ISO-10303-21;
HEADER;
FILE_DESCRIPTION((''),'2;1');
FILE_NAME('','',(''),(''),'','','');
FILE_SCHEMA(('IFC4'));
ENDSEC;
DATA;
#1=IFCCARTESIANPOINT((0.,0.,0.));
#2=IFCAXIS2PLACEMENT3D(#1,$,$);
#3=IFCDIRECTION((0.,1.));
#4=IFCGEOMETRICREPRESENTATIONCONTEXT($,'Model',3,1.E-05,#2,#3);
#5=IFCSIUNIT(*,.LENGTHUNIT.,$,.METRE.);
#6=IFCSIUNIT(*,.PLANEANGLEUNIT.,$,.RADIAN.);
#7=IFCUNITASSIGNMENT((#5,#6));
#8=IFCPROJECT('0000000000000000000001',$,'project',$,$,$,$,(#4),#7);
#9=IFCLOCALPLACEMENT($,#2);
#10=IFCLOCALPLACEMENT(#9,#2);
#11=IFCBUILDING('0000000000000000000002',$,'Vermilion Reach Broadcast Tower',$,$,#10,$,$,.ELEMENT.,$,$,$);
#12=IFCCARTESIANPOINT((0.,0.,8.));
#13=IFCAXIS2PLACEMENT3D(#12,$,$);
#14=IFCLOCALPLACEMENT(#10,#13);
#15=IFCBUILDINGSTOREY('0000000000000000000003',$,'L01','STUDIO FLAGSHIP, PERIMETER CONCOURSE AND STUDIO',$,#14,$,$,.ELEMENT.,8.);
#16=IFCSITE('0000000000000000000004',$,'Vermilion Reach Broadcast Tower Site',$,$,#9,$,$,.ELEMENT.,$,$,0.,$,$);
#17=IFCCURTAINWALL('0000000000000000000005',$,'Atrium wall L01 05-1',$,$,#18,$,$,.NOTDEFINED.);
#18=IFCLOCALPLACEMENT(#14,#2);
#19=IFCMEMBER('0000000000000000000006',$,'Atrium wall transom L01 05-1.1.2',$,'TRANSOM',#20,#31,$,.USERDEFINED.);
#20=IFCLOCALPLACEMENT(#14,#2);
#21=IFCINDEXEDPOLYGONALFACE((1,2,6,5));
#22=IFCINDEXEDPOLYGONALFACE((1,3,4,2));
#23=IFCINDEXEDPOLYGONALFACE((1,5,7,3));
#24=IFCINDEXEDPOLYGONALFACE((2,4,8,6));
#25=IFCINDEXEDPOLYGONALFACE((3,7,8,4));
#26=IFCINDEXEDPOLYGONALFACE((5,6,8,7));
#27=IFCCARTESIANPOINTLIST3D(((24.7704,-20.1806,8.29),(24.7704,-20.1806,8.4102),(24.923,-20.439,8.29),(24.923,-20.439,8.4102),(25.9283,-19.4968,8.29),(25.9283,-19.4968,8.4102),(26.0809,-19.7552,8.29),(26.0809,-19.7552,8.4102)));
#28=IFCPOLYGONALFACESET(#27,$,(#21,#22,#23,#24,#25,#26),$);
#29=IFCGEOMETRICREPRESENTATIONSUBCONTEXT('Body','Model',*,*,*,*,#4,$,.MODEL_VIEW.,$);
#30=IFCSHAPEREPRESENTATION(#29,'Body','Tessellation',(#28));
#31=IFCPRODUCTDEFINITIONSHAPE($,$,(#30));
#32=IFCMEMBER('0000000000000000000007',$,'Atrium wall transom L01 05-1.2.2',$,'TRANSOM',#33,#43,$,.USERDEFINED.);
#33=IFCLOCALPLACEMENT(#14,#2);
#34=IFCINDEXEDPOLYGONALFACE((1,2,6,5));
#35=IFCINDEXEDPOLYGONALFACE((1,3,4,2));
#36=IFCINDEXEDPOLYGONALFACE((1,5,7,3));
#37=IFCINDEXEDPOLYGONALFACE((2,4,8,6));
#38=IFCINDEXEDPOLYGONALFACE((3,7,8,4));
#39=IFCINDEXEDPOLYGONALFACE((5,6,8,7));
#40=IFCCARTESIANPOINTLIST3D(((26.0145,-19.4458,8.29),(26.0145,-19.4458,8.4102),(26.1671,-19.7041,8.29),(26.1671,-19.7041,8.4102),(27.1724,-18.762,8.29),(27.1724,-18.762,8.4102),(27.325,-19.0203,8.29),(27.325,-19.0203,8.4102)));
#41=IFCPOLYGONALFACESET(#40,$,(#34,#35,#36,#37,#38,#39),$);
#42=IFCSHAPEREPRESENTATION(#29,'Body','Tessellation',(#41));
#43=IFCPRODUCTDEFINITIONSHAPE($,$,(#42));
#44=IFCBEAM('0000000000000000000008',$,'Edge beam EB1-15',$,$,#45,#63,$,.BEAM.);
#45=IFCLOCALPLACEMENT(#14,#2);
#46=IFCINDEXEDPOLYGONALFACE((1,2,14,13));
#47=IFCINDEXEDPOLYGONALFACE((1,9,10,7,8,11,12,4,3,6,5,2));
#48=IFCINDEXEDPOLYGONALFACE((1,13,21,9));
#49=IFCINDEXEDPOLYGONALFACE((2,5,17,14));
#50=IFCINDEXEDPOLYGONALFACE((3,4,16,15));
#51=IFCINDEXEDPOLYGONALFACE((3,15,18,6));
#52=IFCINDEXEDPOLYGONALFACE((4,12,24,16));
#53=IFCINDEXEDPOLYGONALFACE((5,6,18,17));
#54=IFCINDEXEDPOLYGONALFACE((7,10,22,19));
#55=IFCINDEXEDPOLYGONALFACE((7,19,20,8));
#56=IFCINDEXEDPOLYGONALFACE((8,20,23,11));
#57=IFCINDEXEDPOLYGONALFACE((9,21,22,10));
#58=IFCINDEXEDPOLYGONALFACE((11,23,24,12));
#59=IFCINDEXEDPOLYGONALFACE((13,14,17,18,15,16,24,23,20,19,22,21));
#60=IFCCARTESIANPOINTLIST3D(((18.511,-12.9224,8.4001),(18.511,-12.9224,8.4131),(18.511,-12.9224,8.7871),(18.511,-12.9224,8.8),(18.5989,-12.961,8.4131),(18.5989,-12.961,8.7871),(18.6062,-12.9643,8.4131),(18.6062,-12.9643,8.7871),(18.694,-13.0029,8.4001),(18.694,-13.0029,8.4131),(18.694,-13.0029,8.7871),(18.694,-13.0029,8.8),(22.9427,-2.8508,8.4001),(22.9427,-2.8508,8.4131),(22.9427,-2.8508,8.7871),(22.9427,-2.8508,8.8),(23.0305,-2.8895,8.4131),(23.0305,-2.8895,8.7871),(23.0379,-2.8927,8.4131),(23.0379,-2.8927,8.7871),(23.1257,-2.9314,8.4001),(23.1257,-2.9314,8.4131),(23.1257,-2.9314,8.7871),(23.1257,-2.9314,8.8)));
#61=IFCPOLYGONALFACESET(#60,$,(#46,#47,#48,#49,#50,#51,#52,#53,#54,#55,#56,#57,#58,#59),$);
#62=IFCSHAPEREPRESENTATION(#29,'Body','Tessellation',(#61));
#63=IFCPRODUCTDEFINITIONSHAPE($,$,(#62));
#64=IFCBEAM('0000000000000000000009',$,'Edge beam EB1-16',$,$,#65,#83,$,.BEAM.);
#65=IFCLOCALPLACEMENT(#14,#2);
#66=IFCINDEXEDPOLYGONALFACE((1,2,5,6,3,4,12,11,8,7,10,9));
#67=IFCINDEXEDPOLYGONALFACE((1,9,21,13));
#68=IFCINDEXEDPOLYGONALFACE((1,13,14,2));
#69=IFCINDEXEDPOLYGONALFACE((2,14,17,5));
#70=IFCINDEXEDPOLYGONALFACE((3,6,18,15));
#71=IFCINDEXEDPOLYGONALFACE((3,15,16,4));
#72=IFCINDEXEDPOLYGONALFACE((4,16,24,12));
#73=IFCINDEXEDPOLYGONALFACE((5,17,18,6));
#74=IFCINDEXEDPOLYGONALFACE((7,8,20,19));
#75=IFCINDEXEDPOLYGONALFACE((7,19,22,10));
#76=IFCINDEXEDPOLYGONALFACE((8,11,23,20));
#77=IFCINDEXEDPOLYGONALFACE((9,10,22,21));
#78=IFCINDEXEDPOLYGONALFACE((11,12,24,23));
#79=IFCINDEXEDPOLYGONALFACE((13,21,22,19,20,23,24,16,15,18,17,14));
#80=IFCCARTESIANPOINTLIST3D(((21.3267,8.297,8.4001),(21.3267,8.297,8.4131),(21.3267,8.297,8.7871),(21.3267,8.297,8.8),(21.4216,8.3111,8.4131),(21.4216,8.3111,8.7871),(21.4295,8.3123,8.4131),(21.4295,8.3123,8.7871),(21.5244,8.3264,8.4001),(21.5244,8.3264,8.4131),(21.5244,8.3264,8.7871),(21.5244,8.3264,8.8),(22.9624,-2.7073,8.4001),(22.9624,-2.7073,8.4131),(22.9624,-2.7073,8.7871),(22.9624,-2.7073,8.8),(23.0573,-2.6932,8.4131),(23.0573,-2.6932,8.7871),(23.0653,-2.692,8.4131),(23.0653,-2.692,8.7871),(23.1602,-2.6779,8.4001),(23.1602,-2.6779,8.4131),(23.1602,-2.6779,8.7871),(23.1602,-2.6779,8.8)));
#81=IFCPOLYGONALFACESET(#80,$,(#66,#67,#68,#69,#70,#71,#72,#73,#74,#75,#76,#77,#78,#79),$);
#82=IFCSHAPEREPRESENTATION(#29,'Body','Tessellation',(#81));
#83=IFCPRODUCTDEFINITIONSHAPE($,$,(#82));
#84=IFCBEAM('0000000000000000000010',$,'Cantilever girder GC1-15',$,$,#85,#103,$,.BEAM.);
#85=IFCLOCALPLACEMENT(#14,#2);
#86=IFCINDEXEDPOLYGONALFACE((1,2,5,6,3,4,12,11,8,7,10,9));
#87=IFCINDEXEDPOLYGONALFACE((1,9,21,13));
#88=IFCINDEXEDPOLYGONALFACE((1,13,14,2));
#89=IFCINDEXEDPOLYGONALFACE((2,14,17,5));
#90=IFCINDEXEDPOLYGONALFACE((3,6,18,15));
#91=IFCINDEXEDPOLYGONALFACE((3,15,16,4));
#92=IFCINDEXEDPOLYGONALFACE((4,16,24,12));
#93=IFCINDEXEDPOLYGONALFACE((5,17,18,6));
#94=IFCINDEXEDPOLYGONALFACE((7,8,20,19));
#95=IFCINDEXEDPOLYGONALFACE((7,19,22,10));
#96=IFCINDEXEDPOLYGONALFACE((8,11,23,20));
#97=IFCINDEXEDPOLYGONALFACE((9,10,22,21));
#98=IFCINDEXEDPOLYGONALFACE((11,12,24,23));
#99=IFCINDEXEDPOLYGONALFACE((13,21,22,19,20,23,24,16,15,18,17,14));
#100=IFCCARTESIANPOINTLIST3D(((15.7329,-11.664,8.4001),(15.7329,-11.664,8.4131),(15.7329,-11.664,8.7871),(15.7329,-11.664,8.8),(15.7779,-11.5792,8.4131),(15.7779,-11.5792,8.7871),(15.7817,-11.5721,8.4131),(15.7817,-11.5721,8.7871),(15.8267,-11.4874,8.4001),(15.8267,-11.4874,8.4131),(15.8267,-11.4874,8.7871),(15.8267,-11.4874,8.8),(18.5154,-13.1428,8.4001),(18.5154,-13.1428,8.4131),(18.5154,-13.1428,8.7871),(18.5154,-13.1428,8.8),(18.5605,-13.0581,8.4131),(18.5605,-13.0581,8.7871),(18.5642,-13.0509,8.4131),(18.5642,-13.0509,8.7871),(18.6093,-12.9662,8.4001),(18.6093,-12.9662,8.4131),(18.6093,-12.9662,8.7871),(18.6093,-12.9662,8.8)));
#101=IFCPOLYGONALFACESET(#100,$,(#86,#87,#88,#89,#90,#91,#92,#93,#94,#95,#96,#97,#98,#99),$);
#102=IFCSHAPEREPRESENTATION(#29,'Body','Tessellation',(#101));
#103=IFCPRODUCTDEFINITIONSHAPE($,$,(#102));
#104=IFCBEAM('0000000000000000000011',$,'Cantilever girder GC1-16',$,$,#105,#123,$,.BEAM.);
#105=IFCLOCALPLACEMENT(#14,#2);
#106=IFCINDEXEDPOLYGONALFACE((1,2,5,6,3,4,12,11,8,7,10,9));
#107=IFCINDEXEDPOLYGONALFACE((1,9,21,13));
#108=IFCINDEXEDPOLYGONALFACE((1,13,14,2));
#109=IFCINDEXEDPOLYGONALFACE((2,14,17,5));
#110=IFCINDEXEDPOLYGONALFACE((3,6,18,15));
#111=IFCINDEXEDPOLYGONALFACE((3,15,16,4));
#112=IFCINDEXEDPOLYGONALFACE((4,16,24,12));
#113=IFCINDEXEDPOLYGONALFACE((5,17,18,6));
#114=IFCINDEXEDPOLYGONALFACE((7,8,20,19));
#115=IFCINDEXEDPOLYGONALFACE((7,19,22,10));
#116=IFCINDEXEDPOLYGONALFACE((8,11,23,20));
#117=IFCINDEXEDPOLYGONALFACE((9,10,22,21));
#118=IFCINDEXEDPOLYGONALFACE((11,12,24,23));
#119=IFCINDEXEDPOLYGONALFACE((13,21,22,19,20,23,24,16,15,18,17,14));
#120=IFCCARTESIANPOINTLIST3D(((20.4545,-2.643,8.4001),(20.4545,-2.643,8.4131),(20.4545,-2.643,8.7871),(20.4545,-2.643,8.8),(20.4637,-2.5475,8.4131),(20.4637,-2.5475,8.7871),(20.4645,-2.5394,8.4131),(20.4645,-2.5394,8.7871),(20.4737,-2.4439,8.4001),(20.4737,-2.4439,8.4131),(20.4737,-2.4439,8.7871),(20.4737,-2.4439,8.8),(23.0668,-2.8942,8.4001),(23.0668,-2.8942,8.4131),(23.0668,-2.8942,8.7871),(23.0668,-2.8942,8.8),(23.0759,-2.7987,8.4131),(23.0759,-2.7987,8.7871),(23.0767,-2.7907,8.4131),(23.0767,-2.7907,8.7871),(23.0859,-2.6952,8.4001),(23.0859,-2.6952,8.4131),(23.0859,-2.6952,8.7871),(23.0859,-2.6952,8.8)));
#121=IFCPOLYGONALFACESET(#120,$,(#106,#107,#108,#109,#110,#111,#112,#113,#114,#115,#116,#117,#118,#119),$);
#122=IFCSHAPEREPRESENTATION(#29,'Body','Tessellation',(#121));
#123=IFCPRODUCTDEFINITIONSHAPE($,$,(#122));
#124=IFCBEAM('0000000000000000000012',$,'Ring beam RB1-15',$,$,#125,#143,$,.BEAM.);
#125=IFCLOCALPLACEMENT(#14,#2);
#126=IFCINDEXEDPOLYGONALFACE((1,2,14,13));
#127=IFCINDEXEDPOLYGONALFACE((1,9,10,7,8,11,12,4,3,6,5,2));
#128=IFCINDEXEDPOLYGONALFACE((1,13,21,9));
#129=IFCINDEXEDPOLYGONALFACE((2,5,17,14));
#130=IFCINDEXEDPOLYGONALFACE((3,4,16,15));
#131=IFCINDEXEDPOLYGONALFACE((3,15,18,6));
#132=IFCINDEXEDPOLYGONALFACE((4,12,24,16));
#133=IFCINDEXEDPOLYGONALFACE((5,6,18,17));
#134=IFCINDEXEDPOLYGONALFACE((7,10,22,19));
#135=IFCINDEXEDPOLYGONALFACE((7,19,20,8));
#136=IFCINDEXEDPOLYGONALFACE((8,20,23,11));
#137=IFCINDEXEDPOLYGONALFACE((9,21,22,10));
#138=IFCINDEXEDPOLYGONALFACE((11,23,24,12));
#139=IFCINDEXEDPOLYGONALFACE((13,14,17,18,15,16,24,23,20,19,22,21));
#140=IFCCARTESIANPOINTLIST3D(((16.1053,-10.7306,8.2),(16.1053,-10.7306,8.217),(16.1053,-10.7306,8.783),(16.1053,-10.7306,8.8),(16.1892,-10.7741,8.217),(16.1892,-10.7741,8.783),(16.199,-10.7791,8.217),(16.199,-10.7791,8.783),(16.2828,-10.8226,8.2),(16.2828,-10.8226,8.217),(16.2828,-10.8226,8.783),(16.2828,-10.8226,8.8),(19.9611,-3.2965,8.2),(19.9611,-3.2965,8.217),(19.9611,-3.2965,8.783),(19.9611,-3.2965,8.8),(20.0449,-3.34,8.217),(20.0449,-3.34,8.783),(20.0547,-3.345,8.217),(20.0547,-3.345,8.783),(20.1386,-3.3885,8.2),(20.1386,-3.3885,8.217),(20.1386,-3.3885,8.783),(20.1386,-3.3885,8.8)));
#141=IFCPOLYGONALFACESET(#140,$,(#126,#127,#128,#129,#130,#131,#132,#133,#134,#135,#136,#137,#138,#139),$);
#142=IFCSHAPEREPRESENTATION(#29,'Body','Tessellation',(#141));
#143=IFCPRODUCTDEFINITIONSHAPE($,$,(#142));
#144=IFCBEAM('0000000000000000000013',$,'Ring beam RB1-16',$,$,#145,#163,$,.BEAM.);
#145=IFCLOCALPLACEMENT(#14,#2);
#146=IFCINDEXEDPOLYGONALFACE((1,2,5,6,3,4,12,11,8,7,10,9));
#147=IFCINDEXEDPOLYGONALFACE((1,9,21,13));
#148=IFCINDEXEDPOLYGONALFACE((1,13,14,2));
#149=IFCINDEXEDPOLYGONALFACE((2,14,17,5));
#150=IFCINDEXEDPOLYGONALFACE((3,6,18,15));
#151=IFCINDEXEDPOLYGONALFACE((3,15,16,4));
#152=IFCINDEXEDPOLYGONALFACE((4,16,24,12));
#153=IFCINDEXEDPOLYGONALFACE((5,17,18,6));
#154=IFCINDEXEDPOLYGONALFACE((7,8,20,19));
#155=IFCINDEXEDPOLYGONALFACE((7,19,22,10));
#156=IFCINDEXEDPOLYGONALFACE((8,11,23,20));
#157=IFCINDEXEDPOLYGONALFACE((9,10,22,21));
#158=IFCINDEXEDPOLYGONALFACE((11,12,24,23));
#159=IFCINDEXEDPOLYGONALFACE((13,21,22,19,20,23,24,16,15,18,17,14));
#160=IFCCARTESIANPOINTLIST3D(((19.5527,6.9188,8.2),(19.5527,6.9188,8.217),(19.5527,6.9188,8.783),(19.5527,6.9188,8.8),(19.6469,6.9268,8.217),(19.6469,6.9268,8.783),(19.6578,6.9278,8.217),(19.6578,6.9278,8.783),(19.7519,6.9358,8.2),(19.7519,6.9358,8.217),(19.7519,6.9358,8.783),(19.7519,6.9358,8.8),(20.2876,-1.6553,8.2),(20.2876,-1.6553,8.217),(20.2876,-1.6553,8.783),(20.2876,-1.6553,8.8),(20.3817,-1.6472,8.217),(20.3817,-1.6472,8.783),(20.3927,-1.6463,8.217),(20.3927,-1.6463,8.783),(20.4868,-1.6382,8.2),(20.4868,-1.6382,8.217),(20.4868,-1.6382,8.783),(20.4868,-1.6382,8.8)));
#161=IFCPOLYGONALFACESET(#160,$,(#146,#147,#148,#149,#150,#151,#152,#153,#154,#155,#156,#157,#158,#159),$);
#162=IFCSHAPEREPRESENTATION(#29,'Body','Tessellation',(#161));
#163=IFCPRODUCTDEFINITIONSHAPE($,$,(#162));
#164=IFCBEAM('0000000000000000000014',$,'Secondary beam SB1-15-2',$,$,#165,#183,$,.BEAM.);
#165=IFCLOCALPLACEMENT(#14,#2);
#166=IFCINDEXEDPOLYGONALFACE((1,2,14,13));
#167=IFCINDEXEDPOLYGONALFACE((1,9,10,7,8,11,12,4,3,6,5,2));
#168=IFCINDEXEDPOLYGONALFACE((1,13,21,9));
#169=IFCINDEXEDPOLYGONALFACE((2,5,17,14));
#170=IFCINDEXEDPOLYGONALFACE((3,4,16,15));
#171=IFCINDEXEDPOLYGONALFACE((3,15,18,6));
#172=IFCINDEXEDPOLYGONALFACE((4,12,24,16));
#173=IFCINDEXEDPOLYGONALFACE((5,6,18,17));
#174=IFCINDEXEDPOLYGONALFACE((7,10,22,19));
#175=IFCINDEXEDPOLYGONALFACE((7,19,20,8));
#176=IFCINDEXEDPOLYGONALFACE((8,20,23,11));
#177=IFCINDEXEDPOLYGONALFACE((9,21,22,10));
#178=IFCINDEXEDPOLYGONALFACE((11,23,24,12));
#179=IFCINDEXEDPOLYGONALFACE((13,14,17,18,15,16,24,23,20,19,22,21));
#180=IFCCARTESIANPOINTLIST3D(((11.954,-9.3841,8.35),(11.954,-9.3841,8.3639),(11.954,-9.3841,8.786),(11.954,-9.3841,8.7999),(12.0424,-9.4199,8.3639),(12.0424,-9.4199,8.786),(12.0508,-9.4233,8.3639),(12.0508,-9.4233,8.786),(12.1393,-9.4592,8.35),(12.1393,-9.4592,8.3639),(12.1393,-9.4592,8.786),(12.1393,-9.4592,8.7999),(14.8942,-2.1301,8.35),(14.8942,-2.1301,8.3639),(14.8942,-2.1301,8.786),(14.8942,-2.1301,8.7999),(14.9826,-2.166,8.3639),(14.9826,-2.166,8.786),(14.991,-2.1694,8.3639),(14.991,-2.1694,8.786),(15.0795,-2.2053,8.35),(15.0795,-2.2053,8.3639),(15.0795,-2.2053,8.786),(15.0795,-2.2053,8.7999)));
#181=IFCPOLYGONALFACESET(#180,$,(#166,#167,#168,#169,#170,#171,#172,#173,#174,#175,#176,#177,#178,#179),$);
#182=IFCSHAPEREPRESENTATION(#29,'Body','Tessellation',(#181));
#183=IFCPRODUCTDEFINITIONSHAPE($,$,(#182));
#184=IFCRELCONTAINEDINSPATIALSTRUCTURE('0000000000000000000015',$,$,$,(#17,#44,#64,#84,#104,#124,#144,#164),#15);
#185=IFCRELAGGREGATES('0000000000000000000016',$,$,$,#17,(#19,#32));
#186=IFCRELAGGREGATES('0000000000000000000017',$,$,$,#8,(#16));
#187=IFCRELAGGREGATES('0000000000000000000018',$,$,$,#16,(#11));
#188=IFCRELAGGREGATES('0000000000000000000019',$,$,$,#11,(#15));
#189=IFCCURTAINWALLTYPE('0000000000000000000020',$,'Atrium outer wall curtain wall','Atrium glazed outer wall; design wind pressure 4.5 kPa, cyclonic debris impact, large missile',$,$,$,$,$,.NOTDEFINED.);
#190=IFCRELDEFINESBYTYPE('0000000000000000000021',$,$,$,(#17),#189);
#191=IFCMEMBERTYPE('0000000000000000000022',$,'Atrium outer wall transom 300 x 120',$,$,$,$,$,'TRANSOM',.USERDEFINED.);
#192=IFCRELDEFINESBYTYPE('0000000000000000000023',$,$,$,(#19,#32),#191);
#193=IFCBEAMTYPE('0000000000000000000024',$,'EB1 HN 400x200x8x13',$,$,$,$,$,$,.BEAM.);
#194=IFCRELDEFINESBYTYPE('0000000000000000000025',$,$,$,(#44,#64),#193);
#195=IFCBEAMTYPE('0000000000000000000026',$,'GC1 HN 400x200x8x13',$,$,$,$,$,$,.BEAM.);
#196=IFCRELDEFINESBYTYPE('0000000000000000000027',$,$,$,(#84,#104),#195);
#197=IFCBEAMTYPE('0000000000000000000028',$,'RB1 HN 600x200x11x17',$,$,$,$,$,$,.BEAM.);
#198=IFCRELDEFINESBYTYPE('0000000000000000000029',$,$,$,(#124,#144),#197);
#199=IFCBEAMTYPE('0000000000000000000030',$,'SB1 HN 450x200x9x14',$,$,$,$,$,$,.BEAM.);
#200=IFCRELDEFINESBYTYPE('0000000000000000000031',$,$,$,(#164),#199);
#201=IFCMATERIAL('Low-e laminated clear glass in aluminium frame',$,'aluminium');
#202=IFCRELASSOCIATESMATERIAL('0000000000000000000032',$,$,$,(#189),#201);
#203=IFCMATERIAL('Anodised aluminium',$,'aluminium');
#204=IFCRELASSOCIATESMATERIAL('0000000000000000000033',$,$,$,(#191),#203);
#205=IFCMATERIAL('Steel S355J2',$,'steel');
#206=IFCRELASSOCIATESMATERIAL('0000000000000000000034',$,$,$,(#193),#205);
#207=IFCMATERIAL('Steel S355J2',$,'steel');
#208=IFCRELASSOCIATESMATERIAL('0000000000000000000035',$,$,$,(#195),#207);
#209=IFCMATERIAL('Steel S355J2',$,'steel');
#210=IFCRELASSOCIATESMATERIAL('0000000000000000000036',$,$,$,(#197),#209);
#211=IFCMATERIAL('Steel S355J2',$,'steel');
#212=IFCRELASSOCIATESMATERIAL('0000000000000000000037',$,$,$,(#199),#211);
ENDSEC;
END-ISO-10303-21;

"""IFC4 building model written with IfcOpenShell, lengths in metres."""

from ifc_helpers import new_model, si_unit, direction, frame, origin, origin_2d, place, context, subcontext, project, spatial, rectangle, i_section, extrude, material, material_profile, profile_set, type_object, element, aggregate, save


model = new_model("IFC4")

# Units and contexts
model_context = context("Model", 3, precision=1e-05, world=origin(), true_north=direction((0.0, 1.0)))
body_context = subcontext(model_context, "Body", "Model", "MODEL_VIEW")
ifc_project = project(units=[si_unit("LENGTHUNIT", "METRE"), si_unit("PLANEANGLEUNIT", "RADIAN")], contexts=[model_context])

# Site, building, storey
site_placement = place(None, origin())
site = spatial("IfcSite", under=ifc_project, at=site_placement, Name="Vermilion Reach Broadcast Tower Site", CompositionType="ELEMENT", RefElevation=0.0)
building_placement = place(site_placement, origin())
building = spatial("IfcBuilding", under=site, at=building_placement, Name="Vermilion Reach Broadcast Tower", CompositionType="ELEMENT")
storey_placement = place(building_placement, frame((0.0, 0.0, 8.0)))
storey = spatial("IfcBuildingStorey", under=building, at=storey_placement, Name="L01", Description="STUDIO FLAGSHIP, PERIMETER CONCOURSE AND STUDIO", CompositionType="ELEMENT", Elevation=8.0)

# Curtain wall
ifc_material_1 = material(Name="Low-e laminated clear glass in aluminium frame", Category="aluminium")
curtain_wall_type = type_object("IfcCurtainWallType", Name="Atrium outer wall curtain wall", Description="Atrium glazed outer wall; design wind pressure 4.5 kPa, cyclonic debris impact, large missile", PredefinedType="NOTDEFINED", material=ifc_material_1)
placement = place(storey_placement, origin())
curtain_wall_1 = element("IfcCurtainWall", 1, at=placement, inside=storey, type_object=curtain_wall_type, Name="Atrium wall L01 05-1", PredefinedType="NOTDEFINED")

# Members
ifc_material_2 = material(Name="Anodised aluminium", Category="aluminium")
ifc_material_profile_1 = material_profile(ifc_material_2, rectangle(XDim=0.3, YDim=0.1201, at=origin_2d()), Name="Atrium outer wall transom 300 x 120")
ifc_profile_set_1 = profile_set([ifc_material_profile_1], Name="Anodised aluminium")
member_type_1 = type_object("IfcMemberType", Name="Atrium outer wall transom 300 x 120", ElementType="TRANSOM", PredefinedType="USERDEFINED", material=ifc_profile_set_1)
member_1_placement = place(storey_placement, frame((24.8467, -20.3098, 8.3501), z_axis=(0.86106, 0.508503, 0.0), x_axis=(-0.508503, 0.86106, 0.0)))
member_1 = element("IfcMember", 2, at=member_1_placement, type_object=member_type_1, Name="Atrium wall transom L01 05-1.1.2", ObjectType="TRANSOM", PredefinedType="USERDEFINED", context=body_context, shape_type="SweptSolid", body=[
    extrude(rectangle(XDim=0.3, YDim=0.1201, at=origin_2d()), origin(), (0.0, 0.0, 1.0), 1.3447),
])
member_2_placement = place(storey_placement, frame((26.0908, -19.575, 8.3501), z_axis=(0.86106, 0.508503, 0.0), x_axis=(-0.508503, 0.86106, 0.0)))
member_2 = element("IfcMember", 3, at=member_2_placement, type_object=member_type_1, Name="Atrium wall transom L01 05-1.2.2", ObjectType="TRANSOM", PredefinedType="USERDEFINED", context=body_context, shape_type="SweptSolid", body=[
    extrude(rectangle(XDim=0.3, YDim=0.1201, at=origin_2d()), origin(), (0.0, 0.0, 1.0), 1.3447),
])

# Beams
ifc_material_3 = material(Name="Steel S355J2", Category="steel")
ifc_material_profile_2 = material_profile(ifc_material_3, i_section(OverallWidth=0.2, OverallDepth=0.3999, WebThickness=0.0081, FlangeThickness=0.0129, at=origin_2d()), Name="S355J2 HN 400x200x8x13")
ifc_profile_set_2 = profile_set([ifc_material_profile_2], Name="Steel S355J2")
beam_type_1 = type_object("IfcBeamType", Name="EB1 HN 400x200x8x13", PredefinedType="BEAM", material=ifc_profile_set_2)
beam_1_placement = place(storey_placement, frame((18.6025, -12.9626, 8.6001), z_axis=(0.402751, 0.915309, 0.0), x_axis=(-0.915309, 0.402751, 0.0)))
element("IfcBeam", 4, at=beam_1_placement, inside=storey, type_object=beam_type_1, Name="Edge beam EB1-15", PredefinedType="BEAM", context=body_context, shape_type="SweptSolid", body=[
    extrude(i_section(OverallWidth=0.2, OverallDepth=0.3999, WebThickness=0.0081, FlangeThickness=0.0129, at=origin_2d()), origin(), (0.0, 0.0, 1.0), 11.0034),
])
beam_2_placement = place(storey_placement, frame((23.0613, -2.6926, 8.6001), z_axis=(-0.147029, 0.989132, 0.0), x_axis=(-0.989132, -0.147029, 0.0)))
element("IfcBeam", 5, at=beam_2_placement, inside=storey, type_object=beam_type_1, Name="Edge beam EB1-16", PredefinedType="BEAM", context=body_context, shape_type="SweptSolid", body=[
    extrude(i_section(OverallWidth=0.2, OverallDepth=0.3999, WebThickness=0.0081, FlangeThickness=0.0129, at=origin_2d()), origin(), (0.0, 0.0, 1.0), 11.1252),
])
ifc_material_4 = material(Name="Steel S355J2", Category="steel")
ifc_material_profile_3 = material_profile(ifc_material_4, i_section(OverallWidth=0.2, OverallDepth=0.3999, WebThickness=0.0081, FlangeThickness=0.0129, at=origin_2d()), Name="S355J2 HN 400x200x8x13")
ifc_profile_set_3 = profile_set([ifc_material_profile_3], Name="Steel S355J2")
beam_type_2 = type_object("IfcBeamType", Name="GC1 HN 400x200x8x13", PredefinedType="BEAM", material=ifc_profile_set_3)
beam_3_placement = place(storey_placement, frame((15.7798, -11.5757, 8.6001), z_axis=(0.88304, -0.469297, 0.0), x_axis=(0.469297, 0.88304, 0.0)))
element("IfcBeam", 6, at=beam_3_placement, inside=storey, type_object=beam_type_2, Name="Cantilever girder GC1-15", PredefinedType="BEAM", context=body_context, shape_type="SweptSolid", body=[
    extrude(i_section(OverallWidth=0.2, OverallDepth=0.3999, WebThickness=0.0081, FlangeThickness=0.0129, at=origin_2d()), origin(), (0.0, 0.0, 1.0), 3.1511),
])
beam_4_placement = place(storey_placement, frame((20.4641, -2.5435, 8.6001), z_axis=(0.995408, -0.095727, 0.0), x_axis=(0.095727, 0.995408, 0.0)))
element("IfcBeam", 7, at=beam_4_placement, inside=storey, type_object=beam_type_2, Name="Cantilever girder GC1-16", PredefinedType="BEAM", context=body_context, shape_type="SweptSolid", body=[
    extrude(i_section(OverallWidth=0.2, OverallDepth=0.3999, WebThickness=0.0081, FlangeThickness=0.0129, at=origin_2d()), origin(), (0.0, 0.0, 1.0), 2.6243),
])
ifc_material_5 = material(Name="Steel S355J2", Category="steel")
ifc_material_profile_4 = material_profile(ifc_material_5, i_section(OverallWidth=0.2, OverallDepth=0.6001, WebThickness=0.011, FlangeThickness=0.0171, at=origin_2d()), Name="S355J2 HN 600x200x11x17")
ifc_profile_set_4 = profile_set([ifc_material_profile_4], Name="Steel S355J2")
beam_type_3 = type_object("IfcBeamType", Name="RB1 HN 600x200x11x17", PredefinedType="BEAM", material=ifc_profile_set_4)
beam_5_placement = place(storey_placement, frame((16.1941, -10.7766, 8.5), z_axis=(0.460412, 0.887706, 0.0), x_axis=(-0.887706, 0.460412, 0.0)))
element("IfcBeam", 8, at=beam_5_placement, inside=storey, type_object=beam_type_3, Name="Ring beam RB1-15", PredefinedType="BEAM", context=body_context, shape_type="SweptSolid", body=[
    extrude(i_section(OverallWidth=0.2, OverallDepth=0.6001, WebThickness=0.011, FlangeThickness=0.0171, at=origin_2d()), origin(), (0.0, 0.0, 1.0), 8.3745),
])
beam_6_placement = place(storey_placement, frame((20.3872, -1.6467, 8.5), z_axis=(-0.085396, 0.996347, 0.0), x_axis=(-0.996347, -0.085396, 0.0)))
element("IfcBeam", 9, at=beam_6_placement, inside=storey, type_object=beam_type_3, Name="Ring beam RB1-16", PredefinedType="BEAM", context=body_context, shape_type="SweptSolid", body=[
    extrude(i_section(OverallWidth=0.2, OverallDepth=0.6001, WebThickness=0.011, FlangeThickness=0.0171, at=origin_2d()), origin(), (0.0, 0.0, 1.0), 8.6055),
])
ifc_material_6 = material(Name="Steel S355J2", Category="steel")
ifc_material_profile_5 = material_profile(ifc_material_6, i_section(OverallWidth=0.2, OverallDepth=0.45, WebThickness=0.009, FlangeThickness=0.0139, at=origin_2d()), Name="S355J2 HN 450x200x9x14")
ifc_profile_set_5 = profile_set([ifc_material_profile_5], Name="Steel S355J2")
beam_type_4 = type_object("IfcBeamType", Name="SB1 HN 450x200x9x14", PredefinedType="BEAM", material=ifc_profile_set_5)
beam_7_placement = place(storey_placement, frame((12.0466, -9.4216, 8.575), z_axis=(0.375641, 0.926765, 0.0), x_axis=(-0.926765, 0.375641, 0.0)))
element("IfcBeam", 10, at=beam_7_placement, inside=storey, type_object=beam_type_4, Name="Secondary beam SB1-15-2", PredefinedType="BEAM", context=body_context, shape_type="SweptSolid", body=[
    extrude(i_section(OverallWidth=0.2, OverallDepth=0.45, WebThickness=0.009, FlangeThickness=0.0139, at=origin_2d()), origin(), (0.0, 0.0, 1.0), 7.8271),
])

aggregate(curtain_wall_1, [member_1, member_2])

save(model, "model.ifc")
